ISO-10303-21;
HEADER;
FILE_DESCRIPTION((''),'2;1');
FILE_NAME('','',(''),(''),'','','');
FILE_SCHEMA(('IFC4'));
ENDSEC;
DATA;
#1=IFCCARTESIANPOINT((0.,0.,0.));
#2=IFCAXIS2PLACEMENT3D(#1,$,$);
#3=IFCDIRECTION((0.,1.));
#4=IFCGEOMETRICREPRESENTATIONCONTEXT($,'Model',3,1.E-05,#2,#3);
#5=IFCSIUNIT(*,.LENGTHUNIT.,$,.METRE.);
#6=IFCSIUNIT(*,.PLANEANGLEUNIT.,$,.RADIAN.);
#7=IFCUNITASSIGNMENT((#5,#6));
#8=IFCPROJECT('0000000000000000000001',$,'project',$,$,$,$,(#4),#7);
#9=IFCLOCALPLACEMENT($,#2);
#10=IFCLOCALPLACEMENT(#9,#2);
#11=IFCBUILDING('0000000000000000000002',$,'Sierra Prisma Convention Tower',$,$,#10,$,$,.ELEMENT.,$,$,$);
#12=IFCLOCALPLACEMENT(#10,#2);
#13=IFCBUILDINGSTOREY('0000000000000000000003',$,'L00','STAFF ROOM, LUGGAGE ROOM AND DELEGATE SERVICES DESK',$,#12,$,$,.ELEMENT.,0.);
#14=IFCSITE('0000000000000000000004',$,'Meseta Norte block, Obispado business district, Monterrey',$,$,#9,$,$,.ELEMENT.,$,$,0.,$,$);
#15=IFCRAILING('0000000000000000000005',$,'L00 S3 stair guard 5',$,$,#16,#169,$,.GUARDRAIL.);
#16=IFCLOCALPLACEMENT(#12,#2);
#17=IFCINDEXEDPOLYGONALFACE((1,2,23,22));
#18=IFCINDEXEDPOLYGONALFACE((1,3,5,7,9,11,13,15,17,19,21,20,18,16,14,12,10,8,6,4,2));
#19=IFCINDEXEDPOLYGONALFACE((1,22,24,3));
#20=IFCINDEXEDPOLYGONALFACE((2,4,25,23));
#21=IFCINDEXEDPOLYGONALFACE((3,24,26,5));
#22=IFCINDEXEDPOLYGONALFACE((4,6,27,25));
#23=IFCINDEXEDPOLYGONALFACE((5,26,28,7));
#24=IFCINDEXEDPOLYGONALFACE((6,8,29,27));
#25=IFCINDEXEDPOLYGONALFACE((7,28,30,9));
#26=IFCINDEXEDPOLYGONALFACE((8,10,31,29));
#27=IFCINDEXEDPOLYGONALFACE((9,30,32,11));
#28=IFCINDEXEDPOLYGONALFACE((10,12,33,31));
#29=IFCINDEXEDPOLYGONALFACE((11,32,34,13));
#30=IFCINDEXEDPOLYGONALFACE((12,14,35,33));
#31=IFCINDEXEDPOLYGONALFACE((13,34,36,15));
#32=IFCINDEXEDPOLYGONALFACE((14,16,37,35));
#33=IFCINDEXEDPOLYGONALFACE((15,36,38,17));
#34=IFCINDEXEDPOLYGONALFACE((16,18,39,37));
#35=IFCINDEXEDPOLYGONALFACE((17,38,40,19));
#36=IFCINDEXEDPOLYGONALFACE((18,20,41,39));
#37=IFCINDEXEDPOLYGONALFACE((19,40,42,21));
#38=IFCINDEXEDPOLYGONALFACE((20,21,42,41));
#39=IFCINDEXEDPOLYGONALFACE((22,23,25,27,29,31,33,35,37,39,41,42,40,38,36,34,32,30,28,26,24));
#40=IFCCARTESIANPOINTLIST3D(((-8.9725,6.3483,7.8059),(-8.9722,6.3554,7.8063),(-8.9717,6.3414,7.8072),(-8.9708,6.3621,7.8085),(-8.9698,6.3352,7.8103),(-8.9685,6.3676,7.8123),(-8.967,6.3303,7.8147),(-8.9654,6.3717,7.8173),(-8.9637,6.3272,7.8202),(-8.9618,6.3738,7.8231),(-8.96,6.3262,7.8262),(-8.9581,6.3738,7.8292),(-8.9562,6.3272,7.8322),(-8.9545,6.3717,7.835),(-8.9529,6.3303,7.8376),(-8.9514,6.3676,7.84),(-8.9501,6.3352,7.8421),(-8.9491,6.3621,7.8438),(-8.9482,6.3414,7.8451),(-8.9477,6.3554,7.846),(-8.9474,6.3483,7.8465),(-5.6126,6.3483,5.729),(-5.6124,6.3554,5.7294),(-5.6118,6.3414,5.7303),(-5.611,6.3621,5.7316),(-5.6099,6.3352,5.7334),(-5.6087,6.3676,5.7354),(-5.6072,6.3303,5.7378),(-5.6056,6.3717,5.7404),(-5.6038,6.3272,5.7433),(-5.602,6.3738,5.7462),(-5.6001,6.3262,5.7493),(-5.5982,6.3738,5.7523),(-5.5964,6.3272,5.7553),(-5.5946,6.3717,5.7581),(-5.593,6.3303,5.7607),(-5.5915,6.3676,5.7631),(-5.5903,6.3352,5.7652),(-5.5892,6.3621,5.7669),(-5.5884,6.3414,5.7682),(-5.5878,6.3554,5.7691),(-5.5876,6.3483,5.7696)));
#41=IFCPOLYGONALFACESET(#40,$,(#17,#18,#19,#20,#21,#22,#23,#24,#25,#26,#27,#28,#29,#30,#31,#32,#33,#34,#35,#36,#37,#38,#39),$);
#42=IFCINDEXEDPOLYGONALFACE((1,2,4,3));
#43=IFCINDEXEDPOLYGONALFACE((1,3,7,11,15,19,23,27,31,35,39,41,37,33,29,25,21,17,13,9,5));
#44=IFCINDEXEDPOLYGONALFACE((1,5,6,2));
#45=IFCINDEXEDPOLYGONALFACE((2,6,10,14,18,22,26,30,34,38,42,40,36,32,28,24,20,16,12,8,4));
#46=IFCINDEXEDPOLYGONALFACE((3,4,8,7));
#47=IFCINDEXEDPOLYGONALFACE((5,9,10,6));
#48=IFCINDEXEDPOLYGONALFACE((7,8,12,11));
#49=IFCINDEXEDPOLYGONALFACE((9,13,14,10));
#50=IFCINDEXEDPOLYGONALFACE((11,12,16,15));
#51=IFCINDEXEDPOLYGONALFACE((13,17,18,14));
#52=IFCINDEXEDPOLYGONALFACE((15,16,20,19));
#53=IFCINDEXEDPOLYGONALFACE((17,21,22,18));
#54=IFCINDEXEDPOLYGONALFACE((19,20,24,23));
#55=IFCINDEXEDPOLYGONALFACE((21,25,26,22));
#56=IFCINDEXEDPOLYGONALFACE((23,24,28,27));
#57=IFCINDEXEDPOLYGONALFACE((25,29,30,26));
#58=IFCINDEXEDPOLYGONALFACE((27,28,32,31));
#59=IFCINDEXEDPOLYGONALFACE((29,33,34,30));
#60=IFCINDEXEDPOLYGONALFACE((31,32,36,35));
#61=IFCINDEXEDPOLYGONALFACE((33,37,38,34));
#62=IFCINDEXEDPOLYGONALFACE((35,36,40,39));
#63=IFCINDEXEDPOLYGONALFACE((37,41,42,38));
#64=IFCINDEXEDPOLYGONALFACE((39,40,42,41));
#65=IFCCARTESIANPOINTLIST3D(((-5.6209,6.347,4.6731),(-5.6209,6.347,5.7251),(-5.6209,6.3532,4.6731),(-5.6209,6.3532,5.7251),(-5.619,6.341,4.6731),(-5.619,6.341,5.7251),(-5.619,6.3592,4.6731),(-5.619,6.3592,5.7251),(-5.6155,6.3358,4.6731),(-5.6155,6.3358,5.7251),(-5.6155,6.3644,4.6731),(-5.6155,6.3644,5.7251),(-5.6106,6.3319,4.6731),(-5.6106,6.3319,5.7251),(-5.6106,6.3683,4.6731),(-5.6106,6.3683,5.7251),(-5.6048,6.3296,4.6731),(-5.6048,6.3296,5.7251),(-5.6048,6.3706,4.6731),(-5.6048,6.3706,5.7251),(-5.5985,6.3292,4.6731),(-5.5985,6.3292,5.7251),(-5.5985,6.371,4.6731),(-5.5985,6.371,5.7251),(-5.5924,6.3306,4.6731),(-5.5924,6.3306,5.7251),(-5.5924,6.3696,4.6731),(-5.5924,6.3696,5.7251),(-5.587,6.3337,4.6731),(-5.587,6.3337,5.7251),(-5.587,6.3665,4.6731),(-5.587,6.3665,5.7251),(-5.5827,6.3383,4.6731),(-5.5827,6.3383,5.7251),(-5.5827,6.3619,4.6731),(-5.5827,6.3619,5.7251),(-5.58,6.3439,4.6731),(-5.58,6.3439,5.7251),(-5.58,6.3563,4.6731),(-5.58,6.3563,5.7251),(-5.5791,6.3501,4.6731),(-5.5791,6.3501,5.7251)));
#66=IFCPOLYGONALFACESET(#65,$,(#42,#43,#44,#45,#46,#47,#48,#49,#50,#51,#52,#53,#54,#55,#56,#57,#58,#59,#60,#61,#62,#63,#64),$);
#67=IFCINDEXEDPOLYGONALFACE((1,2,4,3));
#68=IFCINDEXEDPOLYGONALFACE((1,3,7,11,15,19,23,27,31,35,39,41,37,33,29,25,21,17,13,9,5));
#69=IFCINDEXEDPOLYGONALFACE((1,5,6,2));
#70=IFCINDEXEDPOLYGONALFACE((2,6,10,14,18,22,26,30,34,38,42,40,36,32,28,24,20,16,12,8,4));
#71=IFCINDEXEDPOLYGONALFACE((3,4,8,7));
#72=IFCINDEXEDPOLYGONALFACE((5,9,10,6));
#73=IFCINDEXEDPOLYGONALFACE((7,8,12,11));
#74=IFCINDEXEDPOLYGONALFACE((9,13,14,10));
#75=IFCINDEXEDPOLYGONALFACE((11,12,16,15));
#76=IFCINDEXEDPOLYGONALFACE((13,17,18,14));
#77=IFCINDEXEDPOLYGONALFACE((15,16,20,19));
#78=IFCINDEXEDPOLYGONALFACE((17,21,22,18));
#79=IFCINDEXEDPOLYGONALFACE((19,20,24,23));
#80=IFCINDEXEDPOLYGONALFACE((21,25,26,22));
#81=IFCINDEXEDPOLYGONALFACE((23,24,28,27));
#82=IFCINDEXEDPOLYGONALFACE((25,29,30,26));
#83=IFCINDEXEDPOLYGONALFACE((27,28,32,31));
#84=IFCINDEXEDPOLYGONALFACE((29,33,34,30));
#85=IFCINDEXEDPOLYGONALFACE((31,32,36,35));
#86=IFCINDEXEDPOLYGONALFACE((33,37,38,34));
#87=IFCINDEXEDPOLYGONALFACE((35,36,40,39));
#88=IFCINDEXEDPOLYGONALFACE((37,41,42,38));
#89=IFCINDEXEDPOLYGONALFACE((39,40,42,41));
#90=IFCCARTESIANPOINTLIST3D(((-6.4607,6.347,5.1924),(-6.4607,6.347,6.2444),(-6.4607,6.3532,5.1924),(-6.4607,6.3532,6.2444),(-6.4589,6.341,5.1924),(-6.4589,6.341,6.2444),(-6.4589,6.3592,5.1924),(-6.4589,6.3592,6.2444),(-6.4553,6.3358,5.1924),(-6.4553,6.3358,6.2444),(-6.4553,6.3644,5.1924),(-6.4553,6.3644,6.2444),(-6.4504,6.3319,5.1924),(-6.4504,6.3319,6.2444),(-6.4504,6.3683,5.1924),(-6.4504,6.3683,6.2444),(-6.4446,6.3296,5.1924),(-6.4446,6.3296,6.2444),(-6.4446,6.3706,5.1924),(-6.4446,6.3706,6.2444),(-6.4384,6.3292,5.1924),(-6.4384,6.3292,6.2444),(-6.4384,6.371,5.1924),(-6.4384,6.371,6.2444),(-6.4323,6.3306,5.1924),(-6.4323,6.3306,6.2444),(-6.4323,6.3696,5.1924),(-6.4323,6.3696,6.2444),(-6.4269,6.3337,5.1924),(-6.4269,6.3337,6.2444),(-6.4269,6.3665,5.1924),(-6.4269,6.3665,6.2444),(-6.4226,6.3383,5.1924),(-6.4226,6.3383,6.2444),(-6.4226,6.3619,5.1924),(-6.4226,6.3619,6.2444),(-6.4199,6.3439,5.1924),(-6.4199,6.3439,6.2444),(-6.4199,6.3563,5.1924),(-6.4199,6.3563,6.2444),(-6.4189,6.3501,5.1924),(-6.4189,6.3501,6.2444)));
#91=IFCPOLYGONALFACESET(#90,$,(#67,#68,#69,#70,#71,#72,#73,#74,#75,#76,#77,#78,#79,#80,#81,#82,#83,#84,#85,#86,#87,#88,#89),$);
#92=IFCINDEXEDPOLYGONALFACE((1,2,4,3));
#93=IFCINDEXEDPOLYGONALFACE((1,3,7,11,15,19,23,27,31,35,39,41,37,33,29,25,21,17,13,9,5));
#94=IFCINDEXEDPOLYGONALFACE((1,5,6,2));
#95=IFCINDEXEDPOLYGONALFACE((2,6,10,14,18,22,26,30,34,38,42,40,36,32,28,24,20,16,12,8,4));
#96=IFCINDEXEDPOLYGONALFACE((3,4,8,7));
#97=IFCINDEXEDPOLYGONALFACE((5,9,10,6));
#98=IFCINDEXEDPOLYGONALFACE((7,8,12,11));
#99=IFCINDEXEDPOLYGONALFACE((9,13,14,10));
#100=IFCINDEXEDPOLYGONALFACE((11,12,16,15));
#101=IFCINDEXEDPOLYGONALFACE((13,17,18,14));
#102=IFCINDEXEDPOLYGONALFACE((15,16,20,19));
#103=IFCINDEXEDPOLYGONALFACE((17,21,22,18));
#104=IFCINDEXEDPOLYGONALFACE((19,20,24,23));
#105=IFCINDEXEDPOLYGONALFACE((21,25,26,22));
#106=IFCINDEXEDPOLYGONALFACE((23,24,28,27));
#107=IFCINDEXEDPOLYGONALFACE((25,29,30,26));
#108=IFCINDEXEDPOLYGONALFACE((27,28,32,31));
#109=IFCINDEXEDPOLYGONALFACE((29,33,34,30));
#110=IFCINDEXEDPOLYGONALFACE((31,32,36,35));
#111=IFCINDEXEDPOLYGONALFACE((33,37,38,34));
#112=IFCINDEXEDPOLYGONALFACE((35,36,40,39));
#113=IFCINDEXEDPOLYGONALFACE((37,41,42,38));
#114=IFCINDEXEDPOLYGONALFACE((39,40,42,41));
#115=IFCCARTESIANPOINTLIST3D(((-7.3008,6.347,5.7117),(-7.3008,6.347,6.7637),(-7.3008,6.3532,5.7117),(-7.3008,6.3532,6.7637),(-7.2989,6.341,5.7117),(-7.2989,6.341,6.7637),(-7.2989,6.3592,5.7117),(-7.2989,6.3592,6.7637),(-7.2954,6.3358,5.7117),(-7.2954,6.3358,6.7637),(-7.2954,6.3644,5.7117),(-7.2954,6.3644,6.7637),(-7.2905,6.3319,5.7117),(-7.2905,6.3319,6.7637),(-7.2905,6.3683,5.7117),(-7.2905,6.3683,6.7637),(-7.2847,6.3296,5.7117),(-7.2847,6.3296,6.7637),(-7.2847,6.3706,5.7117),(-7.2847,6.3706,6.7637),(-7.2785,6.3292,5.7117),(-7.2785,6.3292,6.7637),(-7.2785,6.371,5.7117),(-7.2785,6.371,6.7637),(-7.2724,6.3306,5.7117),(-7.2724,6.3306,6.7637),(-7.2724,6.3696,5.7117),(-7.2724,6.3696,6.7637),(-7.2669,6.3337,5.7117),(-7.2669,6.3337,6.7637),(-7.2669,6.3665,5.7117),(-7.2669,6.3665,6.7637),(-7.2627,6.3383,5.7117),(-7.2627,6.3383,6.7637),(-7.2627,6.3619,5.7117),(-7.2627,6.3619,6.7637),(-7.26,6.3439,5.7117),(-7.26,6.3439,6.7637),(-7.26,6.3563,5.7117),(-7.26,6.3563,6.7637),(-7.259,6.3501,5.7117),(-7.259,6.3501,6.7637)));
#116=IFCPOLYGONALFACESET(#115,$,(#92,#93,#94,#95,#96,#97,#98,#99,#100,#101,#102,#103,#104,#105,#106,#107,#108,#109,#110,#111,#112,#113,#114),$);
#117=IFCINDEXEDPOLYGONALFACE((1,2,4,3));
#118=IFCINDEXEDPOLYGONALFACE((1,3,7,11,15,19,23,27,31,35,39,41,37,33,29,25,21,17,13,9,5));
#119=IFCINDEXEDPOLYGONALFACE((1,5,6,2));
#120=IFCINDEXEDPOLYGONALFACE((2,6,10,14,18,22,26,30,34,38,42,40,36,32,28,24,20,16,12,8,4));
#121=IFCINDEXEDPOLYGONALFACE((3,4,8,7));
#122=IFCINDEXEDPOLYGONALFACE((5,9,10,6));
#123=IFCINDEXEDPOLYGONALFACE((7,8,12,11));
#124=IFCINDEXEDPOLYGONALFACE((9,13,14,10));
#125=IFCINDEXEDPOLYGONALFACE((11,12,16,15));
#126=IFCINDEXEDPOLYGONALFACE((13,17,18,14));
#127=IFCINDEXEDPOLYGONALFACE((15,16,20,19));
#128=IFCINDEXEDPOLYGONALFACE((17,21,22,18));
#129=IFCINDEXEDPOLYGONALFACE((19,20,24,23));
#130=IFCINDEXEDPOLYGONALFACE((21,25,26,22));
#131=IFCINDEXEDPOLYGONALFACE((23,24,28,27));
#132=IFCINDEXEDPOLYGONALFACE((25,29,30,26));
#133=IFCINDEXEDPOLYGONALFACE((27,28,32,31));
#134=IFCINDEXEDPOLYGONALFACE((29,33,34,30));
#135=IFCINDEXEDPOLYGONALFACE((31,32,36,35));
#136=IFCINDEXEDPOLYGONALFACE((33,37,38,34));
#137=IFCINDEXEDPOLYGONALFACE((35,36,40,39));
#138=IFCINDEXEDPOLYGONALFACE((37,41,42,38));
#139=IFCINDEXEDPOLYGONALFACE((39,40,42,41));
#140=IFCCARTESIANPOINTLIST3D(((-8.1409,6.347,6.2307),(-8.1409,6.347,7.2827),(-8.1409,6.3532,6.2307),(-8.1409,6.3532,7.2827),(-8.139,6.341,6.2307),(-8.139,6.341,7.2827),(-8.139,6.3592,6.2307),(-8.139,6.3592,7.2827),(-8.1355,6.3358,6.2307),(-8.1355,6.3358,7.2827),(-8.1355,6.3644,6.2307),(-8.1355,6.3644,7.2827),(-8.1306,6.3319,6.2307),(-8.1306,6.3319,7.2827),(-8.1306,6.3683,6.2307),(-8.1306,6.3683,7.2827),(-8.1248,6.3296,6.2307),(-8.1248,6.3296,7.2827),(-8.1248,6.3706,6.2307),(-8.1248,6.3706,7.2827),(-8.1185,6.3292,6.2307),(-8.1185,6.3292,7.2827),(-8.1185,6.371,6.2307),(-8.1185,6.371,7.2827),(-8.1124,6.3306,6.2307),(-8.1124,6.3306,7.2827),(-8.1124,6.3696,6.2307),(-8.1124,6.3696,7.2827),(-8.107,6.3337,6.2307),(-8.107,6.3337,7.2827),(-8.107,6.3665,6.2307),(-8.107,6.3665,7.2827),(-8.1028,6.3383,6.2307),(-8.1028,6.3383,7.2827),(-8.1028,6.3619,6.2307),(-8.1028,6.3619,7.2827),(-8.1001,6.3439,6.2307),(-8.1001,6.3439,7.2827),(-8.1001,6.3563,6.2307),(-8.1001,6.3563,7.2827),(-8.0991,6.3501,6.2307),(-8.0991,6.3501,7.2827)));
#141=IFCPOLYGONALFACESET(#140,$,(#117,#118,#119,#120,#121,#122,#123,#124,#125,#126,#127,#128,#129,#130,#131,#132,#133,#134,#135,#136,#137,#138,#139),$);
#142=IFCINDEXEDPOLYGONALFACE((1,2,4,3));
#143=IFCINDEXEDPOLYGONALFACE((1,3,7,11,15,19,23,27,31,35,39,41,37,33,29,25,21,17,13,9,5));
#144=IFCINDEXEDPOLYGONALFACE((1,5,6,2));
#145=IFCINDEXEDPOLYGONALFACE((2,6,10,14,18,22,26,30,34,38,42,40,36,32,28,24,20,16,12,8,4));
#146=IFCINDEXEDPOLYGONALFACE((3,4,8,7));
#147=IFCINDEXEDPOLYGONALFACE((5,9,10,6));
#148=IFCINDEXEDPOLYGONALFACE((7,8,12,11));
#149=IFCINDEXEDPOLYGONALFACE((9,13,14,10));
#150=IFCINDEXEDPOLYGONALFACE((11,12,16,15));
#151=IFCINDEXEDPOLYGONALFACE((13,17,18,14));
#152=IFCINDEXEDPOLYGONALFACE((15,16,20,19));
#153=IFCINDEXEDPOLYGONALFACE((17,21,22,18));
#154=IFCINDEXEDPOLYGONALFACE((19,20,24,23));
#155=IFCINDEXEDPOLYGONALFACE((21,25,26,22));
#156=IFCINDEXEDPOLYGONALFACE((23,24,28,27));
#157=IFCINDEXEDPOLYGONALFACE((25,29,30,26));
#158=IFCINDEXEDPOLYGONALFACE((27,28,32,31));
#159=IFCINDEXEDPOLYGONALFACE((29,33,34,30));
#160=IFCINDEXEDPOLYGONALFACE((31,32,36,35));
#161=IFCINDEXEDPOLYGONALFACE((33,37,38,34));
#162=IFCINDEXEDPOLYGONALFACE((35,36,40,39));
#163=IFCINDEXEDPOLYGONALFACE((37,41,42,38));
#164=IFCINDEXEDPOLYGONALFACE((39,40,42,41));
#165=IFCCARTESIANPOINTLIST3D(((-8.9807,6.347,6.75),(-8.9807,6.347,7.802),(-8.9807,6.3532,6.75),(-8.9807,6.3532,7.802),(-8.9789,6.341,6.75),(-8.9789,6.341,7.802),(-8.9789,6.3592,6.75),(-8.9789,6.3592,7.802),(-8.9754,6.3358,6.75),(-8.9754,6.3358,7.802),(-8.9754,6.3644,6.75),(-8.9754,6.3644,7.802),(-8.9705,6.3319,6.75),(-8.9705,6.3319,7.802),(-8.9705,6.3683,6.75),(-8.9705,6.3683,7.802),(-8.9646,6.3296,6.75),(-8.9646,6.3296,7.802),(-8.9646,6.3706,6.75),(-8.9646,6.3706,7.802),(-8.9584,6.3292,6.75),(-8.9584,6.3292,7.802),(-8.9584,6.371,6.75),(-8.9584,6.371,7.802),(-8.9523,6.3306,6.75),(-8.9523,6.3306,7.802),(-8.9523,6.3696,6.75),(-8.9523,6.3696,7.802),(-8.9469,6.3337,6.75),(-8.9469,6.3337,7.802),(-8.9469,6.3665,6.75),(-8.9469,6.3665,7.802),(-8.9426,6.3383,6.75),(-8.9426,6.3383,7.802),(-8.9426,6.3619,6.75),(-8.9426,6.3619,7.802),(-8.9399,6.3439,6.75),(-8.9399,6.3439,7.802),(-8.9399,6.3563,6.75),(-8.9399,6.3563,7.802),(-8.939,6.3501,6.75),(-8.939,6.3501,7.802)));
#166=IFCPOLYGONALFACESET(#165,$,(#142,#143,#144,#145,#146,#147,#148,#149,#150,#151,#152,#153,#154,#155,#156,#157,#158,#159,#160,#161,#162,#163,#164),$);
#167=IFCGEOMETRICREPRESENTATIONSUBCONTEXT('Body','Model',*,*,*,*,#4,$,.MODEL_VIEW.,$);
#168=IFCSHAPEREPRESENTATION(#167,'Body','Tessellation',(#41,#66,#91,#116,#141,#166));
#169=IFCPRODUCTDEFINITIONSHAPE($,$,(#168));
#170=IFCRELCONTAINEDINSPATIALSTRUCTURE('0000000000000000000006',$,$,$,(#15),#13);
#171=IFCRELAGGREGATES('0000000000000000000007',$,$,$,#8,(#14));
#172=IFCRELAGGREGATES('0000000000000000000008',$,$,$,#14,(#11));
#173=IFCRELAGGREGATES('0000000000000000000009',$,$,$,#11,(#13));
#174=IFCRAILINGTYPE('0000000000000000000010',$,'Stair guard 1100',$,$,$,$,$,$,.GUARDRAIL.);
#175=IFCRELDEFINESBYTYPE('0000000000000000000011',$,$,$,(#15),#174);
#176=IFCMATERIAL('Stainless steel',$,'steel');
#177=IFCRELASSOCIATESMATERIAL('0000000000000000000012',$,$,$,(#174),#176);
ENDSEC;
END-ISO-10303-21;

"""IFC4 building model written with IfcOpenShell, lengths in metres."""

from ifc_helpers import new_model, si_unit, direction, frame, origin, origin_2d, place, context, subcontext, project, spatial, circle, extrude, material, type_object, element, save


model = new_model("IFC4")

# Units and contexts
model_context = context("Model", 3, precision=1e-05, world=origin(), true_north=direction((0.0, 1.0)))
body_context = subcontext(model_context, "Body", "Model", "MODEL_VIEW")
ifc_project = project(units=[si_unit("LENGTHUNIT", "METRE"), si_unit("PLANEANGLEUNIT", "RADIAN")], contexts=[model_context])

# Site, building, storey
site_placement = place(None, origin())
site = spatial("IfcSite", under=ifc_project, at=site_placement, Name="Meseta Norte block, Obispado business district, Monterrey", CompositionType="ELEMENT", RefElevation=0.0)
building_placement = place(site_placement, origin())
building = spatial("IfcBuilding", under=site, at=building_placement, Name="Sierra Prisma Convention Tower", CompositionType="ELEMENT")
storey_placement = place(building_placement, origin())
storey = spatial("IfcBuildingStorey", under=building, at=storey_placement, Name="L00", Description="STAFF ROOM, LUGGAGE ROOM AND DELEGATE SERVICES DESK", CompositionType="ELEMENT", Elevation=0.0)

# Railing
ifc_material_1 = material(Name="Stainless steel", Category="steel")
railing_type_1 = type_object("IfcRailingType", Name="Stair guard 1100", PredefinedType="GUARDRAIL", material=ifc_material_1)
railing_1_placement = place(storey_placement, frame((-5.6001, 6.3501, 4.6731)))
element("IfcRailing", 1, at=railing_1_placement, inside=storey, type_object=railing_type_1, Name="L00 S3 stair guard 5", PredefinedType="GUARDRAIL", context=body_context, shape_type="SweptSolid", body=[
    extrude(circle(Radius=0.0239, at=origin_2d()), frame((0.0, 0.0, 1.0762), z_axis=(-0.850606, 0.0, 0.525803), x_axis=(0.0, -1.0, 0.0)), (0.0, 0.0, 1.0), 3.95),
    extrude(circle(Radius=0.021, at=origin_2d()), origin(), (0.0, 0.0, 1.0), 1.052),
    extrude(circle(Radius=0.021, at=origin_2d()), frame((-0.8398, 0.0, 0.5193)), (0.0, 0.0, 1.0), 1.052),
    extrude(circle(Radius=0.021, at=origin_2d()), frame((-1.6799, 0.0, 1.0386)), (0.0, 0.0, 1.0), 1.052),
    extrude(circle(Radius=0.021, at=origin_2d()), frame((-2.52, 0.0, 1.5576)), (0.0, 0.0, 1.0), 1.052),
    extrude(circle(Radius=0.021, at=origin_2d()), frame((-3.3599, 0.0, 2.0769)), (0.0, 0.0, 1.0), 1.052),
])

save(model, "model.ifc")
